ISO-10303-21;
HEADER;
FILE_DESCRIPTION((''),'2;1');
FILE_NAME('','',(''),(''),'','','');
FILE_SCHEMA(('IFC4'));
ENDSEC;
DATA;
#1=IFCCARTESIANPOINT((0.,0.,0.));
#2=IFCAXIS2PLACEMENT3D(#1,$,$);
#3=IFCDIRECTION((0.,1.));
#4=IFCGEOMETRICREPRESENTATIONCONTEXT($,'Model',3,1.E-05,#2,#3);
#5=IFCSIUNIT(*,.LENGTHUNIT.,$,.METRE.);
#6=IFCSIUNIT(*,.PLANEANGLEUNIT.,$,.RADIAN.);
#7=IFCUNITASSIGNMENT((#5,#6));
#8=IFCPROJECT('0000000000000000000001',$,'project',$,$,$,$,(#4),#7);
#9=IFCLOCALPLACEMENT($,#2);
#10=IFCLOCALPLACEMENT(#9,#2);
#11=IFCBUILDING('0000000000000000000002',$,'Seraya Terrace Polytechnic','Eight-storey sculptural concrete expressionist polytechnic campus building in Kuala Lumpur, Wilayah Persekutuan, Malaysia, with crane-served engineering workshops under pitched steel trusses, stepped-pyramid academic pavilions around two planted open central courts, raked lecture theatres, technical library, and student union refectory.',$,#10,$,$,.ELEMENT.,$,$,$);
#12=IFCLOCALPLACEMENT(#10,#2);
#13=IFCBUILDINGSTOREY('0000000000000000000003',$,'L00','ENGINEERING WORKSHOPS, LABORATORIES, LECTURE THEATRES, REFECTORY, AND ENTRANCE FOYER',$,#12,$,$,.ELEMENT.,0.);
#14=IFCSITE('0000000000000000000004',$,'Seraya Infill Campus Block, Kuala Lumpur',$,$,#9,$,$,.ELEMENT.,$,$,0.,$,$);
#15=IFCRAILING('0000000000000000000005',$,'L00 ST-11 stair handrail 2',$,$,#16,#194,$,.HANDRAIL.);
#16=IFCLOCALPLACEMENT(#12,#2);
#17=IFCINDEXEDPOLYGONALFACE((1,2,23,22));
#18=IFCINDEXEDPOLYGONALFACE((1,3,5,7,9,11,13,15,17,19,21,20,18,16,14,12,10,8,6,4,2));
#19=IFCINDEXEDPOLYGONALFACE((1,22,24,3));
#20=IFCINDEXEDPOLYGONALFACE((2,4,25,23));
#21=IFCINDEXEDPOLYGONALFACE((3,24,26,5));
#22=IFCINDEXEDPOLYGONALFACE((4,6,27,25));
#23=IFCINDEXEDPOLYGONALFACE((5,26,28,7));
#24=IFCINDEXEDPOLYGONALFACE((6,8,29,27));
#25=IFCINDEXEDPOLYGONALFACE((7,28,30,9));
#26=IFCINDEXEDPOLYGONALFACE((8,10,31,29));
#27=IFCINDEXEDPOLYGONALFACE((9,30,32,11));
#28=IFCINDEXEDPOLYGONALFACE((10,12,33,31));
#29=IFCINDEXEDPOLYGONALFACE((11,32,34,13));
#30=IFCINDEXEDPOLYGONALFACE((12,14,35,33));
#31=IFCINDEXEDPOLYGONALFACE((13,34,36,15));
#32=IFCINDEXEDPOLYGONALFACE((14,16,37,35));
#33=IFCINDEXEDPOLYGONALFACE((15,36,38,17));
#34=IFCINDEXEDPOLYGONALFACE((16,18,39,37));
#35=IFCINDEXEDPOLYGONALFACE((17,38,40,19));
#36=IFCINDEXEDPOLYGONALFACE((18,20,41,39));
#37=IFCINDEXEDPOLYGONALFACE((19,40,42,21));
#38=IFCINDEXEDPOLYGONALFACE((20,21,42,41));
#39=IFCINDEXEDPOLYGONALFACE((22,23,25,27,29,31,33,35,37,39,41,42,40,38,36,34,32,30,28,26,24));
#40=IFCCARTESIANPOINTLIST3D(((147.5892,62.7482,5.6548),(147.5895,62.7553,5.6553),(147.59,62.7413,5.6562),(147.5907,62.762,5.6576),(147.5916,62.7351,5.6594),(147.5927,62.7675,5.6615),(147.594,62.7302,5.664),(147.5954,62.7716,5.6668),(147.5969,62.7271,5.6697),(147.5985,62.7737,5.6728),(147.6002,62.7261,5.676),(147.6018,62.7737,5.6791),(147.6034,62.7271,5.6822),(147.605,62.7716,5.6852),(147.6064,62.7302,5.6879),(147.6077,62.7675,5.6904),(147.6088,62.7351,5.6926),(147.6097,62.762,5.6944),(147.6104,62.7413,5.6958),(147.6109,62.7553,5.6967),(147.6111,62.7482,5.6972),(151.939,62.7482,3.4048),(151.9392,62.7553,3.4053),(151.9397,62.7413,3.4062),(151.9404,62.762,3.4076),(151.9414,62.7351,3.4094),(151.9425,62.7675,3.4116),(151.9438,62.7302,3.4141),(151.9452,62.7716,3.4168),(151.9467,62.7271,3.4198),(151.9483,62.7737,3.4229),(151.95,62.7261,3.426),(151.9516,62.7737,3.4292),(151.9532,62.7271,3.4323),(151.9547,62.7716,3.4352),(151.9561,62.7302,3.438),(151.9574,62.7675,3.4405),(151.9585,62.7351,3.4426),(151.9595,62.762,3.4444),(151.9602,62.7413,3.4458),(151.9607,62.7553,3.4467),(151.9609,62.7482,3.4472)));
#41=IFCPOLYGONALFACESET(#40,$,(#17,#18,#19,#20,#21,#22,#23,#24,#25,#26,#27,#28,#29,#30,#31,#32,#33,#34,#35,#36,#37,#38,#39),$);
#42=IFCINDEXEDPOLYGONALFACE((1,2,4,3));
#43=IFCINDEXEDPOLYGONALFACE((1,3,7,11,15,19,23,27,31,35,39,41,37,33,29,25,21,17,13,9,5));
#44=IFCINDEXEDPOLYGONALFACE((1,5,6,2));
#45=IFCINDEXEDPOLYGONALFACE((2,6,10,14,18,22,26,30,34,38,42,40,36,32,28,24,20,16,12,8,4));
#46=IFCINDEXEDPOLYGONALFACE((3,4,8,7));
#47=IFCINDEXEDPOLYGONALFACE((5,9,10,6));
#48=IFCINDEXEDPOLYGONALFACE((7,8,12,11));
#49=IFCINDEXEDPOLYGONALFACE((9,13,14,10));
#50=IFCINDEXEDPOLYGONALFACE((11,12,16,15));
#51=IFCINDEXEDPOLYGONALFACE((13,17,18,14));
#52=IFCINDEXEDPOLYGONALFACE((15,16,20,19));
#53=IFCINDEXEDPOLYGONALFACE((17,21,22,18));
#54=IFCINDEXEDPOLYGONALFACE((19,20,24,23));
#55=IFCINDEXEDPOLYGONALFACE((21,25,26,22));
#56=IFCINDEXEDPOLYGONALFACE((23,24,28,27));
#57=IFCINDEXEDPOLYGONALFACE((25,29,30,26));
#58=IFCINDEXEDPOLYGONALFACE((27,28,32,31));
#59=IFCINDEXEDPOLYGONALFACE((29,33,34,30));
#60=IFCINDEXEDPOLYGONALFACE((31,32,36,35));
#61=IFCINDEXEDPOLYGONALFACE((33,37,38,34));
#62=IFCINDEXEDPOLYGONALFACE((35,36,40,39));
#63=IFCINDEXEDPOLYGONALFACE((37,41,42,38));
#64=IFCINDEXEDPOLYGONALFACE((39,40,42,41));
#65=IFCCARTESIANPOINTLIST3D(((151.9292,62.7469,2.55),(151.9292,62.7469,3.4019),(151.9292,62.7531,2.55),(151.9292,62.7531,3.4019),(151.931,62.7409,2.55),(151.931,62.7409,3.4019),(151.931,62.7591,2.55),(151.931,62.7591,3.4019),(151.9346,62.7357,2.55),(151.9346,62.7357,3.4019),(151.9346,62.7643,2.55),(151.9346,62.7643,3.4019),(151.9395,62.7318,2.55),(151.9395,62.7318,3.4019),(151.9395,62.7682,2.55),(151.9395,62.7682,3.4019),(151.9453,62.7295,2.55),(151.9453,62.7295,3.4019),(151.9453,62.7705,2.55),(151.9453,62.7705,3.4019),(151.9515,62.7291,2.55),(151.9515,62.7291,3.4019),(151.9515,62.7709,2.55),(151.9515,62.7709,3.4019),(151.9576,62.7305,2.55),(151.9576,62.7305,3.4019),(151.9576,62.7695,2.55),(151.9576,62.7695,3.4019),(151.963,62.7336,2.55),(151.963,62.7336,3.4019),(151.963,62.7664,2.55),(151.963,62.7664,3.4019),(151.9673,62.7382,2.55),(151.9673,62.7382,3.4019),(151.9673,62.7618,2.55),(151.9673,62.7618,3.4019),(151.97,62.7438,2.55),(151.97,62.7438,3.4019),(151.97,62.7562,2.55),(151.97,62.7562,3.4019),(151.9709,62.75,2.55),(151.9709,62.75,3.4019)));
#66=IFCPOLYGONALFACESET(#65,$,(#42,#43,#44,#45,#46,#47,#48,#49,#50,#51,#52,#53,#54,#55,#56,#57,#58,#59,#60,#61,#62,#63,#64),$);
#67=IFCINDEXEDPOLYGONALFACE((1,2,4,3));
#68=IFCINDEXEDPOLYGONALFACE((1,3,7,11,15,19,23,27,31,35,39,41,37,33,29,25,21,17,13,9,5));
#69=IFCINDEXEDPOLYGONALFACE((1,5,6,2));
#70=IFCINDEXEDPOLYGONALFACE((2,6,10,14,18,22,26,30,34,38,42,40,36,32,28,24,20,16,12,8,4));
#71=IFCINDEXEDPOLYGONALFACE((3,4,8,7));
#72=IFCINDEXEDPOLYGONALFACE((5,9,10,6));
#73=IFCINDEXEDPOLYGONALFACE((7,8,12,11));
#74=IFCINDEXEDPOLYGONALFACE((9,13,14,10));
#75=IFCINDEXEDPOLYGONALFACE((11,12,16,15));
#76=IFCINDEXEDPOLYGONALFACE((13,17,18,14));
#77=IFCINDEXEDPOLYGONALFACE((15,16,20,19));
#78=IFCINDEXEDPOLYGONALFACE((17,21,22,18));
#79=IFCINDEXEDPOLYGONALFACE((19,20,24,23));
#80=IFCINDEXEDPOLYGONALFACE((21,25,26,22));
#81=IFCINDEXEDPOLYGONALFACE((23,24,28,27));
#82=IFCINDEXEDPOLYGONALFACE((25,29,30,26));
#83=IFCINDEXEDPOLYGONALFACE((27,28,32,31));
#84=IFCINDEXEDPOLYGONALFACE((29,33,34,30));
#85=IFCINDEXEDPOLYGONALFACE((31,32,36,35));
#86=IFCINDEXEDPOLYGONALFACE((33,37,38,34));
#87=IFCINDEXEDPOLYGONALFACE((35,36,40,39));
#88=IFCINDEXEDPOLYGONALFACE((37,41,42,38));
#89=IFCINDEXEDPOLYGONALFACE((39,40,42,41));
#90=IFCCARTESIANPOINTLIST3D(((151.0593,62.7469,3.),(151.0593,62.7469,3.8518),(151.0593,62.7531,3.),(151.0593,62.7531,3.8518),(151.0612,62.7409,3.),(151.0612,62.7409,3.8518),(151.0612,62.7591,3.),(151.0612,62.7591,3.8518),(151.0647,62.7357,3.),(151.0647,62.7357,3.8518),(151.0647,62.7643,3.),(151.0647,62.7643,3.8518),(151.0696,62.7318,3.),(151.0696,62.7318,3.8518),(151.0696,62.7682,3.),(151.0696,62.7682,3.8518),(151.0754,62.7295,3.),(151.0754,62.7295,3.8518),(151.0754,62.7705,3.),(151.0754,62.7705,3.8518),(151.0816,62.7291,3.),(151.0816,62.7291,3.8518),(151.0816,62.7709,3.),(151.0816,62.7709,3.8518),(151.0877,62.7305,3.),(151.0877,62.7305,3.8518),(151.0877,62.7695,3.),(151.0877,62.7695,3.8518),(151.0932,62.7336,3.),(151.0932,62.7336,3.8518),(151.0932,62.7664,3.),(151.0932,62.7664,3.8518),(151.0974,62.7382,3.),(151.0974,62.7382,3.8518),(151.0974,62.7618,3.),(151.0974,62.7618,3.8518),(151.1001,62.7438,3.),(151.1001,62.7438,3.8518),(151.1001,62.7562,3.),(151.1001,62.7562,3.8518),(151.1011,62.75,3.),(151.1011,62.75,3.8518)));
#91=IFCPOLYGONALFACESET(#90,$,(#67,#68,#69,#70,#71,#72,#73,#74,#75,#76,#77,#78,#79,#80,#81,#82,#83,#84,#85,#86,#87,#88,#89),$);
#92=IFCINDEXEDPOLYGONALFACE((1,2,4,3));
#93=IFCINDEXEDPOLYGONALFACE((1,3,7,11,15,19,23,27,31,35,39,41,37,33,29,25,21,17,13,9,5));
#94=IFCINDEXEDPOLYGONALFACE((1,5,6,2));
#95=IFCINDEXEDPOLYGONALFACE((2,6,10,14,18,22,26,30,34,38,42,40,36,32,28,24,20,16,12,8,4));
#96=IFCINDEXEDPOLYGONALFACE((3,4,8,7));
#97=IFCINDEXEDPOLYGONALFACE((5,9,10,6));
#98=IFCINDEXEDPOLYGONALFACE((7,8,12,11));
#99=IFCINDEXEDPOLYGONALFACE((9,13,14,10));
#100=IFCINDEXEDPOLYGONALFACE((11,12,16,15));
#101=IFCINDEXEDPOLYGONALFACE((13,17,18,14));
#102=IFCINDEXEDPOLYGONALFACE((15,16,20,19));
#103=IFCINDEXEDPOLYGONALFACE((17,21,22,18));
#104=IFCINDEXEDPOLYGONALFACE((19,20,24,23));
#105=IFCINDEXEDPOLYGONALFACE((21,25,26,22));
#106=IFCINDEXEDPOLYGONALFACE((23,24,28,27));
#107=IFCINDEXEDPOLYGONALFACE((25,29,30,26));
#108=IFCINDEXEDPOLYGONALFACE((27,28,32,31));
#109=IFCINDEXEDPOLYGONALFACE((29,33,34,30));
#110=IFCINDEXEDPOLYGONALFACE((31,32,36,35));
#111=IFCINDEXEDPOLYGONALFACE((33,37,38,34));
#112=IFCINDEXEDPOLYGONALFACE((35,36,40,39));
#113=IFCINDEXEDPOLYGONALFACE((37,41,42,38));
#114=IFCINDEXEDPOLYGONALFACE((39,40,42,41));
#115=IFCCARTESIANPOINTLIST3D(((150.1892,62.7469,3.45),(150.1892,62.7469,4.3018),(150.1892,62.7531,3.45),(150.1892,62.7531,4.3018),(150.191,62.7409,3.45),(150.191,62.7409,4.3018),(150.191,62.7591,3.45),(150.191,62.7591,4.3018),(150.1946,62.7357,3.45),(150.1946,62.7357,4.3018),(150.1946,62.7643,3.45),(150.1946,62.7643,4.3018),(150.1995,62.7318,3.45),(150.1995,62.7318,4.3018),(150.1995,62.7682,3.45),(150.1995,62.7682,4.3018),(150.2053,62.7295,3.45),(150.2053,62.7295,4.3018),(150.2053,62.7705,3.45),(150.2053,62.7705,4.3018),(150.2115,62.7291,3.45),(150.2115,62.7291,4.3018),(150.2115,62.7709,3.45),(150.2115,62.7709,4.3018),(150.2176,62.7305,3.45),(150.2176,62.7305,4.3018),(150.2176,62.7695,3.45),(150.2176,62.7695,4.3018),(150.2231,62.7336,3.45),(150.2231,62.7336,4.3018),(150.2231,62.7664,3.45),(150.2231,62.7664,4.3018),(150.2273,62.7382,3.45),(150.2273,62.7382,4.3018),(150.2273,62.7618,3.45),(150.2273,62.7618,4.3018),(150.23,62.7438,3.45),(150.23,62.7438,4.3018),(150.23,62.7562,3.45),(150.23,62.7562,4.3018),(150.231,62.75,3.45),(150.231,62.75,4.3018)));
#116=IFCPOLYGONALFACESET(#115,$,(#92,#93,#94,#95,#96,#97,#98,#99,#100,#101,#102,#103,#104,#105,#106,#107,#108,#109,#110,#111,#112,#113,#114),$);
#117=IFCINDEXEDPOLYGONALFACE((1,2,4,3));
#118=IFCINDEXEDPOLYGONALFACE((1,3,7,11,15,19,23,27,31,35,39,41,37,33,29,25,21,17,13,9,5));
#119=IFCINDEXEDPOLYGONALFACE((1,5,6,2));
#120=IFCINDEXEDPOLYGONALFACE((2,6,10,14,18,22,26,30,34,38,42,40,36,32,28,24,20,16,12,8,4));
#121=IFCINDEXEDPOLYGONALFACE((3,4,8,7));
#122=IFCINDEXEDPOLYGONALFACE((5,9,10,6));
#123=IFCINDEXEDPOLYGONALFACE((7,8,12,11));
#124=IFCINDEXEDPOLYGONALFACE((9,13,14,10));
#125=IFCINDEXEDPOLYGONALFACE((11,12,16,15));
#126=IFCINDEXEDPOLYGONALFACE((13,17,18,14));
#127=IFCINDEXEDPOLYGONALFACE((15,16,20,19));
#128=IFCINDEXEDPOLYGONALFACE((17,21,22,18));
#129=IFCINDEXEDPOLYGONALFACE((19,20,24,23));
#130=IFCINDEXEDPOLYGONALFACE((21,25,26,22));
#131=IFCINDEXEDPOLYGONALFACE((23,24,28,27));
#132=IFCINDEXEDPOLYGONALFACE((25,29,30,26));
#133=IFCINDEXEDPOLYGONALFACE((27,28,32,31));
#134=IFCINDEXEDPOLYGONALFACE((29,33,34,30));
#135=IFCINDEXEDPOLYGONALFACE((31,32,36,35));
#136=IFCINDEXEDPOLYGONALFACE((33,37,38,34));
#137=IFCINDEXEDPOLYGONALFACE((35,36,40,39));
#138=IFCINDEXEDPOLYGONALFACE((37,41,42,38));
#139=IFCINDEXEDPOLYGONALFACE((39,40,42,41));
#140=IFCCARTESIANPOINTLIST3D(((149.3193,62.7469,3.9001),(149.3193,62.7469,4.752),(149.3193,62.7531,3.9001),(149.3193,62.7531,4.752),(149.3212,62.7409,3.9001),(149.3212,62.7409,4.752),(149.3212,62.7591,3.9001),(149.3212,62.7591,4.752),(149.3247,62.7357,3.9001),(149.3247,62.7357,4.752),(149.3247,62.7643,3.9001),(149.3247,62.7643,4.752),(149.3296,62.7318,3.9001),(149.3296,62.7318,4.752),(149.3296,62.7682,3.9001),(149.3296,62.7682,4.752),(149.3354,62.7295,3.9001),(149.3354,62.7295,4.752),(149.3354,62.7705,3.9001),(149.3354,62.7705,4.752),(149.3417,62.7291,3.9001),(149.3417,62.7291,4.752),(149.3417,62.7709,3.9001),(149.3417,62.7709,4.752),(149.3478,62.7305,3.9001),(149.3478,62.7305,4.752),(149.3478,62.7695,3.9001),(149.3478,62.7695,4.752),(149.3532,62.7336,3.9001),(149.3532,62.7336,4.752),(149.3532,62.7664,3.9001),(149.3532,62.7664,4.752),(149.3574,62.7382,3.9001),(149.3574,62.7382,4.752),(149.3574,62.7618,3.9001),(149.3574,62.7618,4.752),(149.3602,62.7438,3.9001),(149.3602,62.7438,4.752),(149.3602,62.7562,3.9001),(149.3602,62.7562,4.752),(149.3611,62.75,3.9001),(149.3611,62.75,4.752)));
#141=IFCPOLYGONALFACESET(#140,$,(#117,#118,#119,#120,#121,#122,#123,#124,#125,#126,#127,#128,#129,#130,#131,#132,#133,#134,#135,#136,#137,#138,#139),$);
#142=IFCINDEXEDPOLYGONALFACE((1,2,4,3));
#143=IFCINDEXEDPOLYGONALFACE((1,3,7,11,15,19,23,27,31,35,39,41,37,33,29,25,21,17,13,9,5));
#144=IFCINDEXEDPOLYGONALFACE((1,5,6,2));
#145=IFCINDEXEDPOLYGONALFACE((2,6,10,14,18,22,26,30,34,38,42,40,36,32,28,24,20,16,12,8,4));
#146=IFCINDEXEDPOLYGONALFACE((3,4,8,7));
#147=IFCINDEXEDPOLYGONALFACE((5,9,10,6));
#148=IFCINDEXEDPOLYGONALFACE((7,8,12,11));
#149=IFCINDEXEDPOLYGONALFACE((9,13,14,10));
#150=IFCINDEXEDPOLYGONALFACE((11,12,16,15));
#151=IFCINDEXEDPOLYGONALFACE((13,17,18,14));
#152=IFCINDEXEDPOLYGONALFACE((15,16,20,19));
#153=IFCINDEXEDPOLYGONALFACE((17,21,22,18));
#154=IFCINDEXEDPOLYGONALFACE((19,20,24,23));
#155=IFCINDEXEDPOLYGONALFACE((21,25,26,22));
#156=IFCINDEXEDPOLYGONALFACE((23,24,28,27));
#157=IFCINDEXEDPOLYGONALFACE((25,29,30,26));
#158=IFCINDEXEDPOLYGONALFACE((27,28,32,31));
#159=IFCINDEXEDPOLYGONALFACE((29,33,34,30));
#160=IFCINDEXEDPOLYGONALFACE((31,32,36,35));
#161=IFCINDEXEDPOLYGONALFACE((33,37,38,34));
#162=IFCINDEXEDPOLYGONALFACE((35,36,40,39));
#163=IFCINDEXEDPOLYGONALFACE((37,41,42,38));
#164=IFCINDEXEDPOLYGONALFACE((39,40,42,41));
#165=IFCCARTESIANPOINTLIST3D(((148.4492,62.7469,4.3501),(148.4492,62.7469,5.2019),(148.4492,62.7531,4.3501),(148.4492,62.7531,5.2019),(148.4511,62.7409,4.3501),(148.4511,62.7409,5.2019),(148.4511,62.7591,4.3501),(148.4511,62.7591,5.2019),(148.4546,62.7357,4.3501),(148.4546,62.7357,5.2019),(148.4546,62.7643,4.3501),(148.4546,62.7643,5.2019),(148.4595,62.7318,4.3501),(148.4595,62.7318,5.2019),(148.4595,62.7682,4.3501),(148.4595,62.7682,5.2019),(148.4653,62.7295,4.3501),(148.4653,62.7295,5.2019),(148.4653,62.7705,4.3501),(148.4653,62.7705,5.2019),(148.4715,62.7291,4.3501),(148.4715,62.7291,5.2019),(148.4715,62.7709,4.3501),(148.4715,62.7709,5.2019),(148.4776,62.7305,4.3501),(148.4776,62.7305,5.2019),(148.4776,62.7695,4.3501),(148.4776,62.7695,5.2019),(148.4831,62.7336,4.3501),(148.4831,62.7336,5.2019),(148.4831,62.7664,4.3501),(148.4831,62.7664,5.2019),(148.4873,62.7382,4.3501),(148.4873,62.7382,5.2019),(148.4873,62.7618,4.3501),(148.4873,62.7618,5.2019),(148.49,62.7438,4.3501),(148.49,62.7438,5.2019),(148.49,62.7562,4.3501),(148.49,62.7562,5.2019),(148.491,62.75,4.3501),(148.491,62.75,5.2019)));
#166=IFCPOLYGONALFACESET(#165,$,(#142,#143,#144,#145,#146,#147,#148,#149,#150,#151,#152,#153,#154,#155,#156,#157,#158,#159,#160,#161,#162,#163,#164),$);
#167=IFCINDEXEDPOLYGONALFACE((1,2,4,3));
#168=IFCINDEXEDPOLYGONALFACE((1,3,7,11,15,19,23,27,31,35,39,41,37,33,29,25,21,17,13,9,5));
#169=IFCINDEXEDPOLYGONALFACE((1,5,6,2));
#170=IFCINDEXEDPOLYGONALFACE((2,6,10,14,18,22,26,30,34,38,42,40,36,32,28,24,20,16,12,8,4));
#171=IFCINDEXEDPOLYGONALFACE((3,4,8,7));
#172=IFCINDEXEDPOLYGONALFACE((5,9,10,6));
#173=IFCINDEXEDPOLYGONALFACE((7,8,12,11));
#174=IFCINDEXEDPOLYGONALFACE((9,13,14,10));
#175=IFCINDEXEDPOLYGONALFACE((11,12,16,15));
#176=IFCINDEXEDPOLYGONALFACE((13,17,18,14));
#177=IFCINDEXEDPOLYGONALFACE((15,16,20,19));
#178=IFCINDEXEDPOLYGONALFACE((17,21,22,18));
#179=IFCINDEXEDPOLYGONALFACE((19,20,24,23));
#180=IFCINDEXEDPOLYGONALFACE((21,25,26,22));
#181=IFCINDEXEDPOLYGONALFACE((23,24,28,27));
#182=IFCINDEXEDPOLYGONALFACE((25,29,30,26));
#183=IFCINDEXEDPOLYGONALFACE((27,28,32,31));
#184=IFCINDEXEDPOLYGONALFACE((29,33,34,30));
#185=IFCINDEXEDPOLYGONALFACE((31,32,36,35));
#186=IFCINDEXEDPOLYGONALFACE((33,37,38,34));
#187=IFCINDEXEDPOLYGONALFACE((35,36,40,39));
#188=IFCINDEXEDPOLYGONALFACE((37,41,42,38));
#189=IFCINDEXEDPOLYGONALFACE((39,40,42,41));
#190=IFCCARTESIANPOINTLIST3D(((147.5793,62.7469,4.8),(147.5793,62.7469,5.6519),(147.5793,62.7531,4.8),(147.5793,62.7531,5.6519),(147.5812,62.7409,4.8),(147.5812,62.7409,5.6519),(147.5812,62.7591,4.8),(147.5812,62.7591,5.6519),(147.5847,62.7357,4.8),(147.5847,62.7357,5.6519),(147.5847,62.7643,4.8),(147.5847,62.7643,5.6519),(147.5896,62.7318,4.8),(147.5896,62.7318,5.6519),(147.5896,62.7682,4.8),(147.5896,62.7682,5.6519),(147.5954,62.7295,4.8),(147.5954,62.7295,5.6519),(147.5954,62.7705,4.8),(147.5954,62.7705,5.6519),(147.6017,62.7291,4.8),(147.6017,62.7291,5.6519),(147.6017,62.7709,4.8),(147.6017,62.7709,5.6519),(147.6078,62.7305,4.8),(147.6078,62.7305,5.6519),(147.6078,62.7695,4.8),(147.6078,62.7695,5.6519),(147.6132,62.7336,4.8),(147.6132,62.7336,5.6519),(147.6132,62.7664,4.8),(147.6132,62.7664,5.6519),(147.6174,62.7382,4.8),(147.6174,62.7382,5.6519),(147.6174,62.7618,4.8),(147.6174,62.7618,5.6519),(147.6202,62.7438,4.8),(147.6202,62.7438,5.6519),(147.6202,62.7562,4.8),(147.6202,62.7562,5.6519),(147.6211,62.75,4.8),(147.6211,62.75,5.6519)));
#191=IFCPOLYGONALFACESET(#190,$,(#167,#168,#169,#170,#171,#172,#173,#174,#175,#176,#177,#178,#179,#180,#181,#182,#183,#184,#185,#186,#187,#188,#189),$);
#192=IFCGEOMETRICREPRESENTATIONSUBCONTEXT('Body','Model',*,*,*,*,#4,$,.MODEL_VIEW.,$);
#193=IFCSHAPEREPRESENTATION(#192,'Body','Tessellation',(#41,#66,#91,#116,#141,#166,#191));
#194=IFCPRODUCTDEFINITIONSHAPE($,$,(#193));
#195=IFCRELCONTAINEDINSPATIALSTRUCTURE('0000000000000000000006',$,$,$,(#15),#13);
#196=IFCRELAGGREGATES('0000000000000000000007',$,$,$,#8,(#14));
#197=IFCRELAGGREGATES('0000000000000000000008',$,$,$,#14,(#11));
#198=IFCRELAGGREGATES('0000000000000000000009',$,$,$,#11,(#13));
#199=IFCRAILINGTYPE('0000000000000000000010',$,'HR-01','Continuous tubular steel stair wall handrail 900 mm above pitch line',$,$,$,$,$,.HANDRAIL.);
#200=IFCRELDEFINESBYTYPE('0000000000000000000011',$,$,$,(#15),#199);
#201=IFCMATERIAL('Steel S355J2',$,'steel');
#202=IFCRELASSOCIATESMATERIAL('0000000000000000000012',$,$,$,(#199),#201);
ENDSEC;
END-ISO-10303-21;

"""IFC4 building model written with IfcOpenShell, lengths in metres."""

from ifc_helpers import new_model, si_unit, direction, frame, origin, origin_2d, place, context, subcontext, project, spatial, circle, extrude, material, type_object, element, save


model = new_model("IFC4")

# Units and contexts
model_context = context("Model", 3, precision=1e-05, world=origin(), true_north=direction((0.0, 1.0)))
body_context = subcontext(model_context, "Body", "Model", "MODEL_VIEW")
ifc_project = project(units=[si_unit("LENGTHUNIT", "METRE"), si_unit("PLANEANGLEUNIT", "RADIAN")], contexts=[model_context])

# Site, building, storey
site_placement = place(None, origin())
site = spatial("IfcSite", under=ifc_project, at=site_placement, Name="Seraya Infill Campus Block, Kuala Lumpur", CompositionType="ELEMENT", RefElevation=0.0)
building_placement = place(site_placement, origin())
building = spatial("IfcBuilding", under=site, at=building_placement, Name="Seraya Terrace Polytechnic", Description="Eight-storey sculptural concrete expressionist polytechnic campus building in Kuala Lumpur, Wilayah Persekutuan, Malaysia, with crane-served engineering workshops under pitched steel trusses, stepped-pyramid academic pavilions around two planted open central courts, raked lecture theatres, technical library, and student union refectory.", CompositionType="ELEMENT")
storey_placement = place(building_placement, origin())
storey = spatial("IfcBuildingStorey", under=building, at=storey_placement, Name="L00", Description="ENGINEERING WORKSHOPS, LABORATORIES, LECTURE THEATRES, REFECTORY, AND ENTRANCE FOYER", CompositionType="ELEMENT", Elevation=0.0)

# Railing
ifc_material_1 = material(Name="Steel S355J2", Category="steel")
railing_type_1 = type_object("IfcRailingType", Name="HR-01", Description="Continuous tubular steel stair wall handrail 900 mm above pitch line", PredefinedType="HANDRAIL", material=ifc_material_1)
railing_1_placement = place(storey_placement, frame((151.95, 62.75, 2.55)))
element("IfcRailing", 1, at=railing_1_placement, inside=storey, type_object=railing_type_1, Name="L00 ST-11 stair handrail 2", PredefinedType="HANDRAIL", context=body_context, shape_type="SweptSolid", body=[
    extrude(circle(Radius=0.0239, at=origin_2d()), frame((0.0, 0.0, 0.876), z_axis=(-0.888211, 0.0, 0.459435), x_axis=(0.0, -1.0, 0.0)), (0.0, 0.0, 1.0), 4.8972),
    extrude(circle(Radius=0.021, at=origin_2d()), origin(), (0.0, 0.0, 1.0), 0.8518),
    extrude(circle(Radius=0.021, at=origin_2d()), frame((-0.8699, 0.0, 0.45)), (0.0, 0.0, 1.0), 0.8518),
    extrude(circle(Radius=0.021, at=origin_2d()), frame((-1.74, 0.0, 0.8999)), (0.0, 0.0, 1.0), 0.8518),
    extrude(circle(Radius=0.021, at=origin_2d()), frame((-2.6099, 0.0, 1.3501)), (0.0, 0.0, 1.0), 0.8518),
    extrude(circle(Radius=0.021, at=origin_2d()), frame((-3.48, 0.0, 1.8)), (0.0, 0.0, 1.0), 0.8518),
    extrude(circle(Radius=0.021, at=origin_2d()), frame((-4.3499, 0.0, 2.25)), (0.0, 0.0, 1.0), 0.8518),
])

save(model, "model.ifc")
